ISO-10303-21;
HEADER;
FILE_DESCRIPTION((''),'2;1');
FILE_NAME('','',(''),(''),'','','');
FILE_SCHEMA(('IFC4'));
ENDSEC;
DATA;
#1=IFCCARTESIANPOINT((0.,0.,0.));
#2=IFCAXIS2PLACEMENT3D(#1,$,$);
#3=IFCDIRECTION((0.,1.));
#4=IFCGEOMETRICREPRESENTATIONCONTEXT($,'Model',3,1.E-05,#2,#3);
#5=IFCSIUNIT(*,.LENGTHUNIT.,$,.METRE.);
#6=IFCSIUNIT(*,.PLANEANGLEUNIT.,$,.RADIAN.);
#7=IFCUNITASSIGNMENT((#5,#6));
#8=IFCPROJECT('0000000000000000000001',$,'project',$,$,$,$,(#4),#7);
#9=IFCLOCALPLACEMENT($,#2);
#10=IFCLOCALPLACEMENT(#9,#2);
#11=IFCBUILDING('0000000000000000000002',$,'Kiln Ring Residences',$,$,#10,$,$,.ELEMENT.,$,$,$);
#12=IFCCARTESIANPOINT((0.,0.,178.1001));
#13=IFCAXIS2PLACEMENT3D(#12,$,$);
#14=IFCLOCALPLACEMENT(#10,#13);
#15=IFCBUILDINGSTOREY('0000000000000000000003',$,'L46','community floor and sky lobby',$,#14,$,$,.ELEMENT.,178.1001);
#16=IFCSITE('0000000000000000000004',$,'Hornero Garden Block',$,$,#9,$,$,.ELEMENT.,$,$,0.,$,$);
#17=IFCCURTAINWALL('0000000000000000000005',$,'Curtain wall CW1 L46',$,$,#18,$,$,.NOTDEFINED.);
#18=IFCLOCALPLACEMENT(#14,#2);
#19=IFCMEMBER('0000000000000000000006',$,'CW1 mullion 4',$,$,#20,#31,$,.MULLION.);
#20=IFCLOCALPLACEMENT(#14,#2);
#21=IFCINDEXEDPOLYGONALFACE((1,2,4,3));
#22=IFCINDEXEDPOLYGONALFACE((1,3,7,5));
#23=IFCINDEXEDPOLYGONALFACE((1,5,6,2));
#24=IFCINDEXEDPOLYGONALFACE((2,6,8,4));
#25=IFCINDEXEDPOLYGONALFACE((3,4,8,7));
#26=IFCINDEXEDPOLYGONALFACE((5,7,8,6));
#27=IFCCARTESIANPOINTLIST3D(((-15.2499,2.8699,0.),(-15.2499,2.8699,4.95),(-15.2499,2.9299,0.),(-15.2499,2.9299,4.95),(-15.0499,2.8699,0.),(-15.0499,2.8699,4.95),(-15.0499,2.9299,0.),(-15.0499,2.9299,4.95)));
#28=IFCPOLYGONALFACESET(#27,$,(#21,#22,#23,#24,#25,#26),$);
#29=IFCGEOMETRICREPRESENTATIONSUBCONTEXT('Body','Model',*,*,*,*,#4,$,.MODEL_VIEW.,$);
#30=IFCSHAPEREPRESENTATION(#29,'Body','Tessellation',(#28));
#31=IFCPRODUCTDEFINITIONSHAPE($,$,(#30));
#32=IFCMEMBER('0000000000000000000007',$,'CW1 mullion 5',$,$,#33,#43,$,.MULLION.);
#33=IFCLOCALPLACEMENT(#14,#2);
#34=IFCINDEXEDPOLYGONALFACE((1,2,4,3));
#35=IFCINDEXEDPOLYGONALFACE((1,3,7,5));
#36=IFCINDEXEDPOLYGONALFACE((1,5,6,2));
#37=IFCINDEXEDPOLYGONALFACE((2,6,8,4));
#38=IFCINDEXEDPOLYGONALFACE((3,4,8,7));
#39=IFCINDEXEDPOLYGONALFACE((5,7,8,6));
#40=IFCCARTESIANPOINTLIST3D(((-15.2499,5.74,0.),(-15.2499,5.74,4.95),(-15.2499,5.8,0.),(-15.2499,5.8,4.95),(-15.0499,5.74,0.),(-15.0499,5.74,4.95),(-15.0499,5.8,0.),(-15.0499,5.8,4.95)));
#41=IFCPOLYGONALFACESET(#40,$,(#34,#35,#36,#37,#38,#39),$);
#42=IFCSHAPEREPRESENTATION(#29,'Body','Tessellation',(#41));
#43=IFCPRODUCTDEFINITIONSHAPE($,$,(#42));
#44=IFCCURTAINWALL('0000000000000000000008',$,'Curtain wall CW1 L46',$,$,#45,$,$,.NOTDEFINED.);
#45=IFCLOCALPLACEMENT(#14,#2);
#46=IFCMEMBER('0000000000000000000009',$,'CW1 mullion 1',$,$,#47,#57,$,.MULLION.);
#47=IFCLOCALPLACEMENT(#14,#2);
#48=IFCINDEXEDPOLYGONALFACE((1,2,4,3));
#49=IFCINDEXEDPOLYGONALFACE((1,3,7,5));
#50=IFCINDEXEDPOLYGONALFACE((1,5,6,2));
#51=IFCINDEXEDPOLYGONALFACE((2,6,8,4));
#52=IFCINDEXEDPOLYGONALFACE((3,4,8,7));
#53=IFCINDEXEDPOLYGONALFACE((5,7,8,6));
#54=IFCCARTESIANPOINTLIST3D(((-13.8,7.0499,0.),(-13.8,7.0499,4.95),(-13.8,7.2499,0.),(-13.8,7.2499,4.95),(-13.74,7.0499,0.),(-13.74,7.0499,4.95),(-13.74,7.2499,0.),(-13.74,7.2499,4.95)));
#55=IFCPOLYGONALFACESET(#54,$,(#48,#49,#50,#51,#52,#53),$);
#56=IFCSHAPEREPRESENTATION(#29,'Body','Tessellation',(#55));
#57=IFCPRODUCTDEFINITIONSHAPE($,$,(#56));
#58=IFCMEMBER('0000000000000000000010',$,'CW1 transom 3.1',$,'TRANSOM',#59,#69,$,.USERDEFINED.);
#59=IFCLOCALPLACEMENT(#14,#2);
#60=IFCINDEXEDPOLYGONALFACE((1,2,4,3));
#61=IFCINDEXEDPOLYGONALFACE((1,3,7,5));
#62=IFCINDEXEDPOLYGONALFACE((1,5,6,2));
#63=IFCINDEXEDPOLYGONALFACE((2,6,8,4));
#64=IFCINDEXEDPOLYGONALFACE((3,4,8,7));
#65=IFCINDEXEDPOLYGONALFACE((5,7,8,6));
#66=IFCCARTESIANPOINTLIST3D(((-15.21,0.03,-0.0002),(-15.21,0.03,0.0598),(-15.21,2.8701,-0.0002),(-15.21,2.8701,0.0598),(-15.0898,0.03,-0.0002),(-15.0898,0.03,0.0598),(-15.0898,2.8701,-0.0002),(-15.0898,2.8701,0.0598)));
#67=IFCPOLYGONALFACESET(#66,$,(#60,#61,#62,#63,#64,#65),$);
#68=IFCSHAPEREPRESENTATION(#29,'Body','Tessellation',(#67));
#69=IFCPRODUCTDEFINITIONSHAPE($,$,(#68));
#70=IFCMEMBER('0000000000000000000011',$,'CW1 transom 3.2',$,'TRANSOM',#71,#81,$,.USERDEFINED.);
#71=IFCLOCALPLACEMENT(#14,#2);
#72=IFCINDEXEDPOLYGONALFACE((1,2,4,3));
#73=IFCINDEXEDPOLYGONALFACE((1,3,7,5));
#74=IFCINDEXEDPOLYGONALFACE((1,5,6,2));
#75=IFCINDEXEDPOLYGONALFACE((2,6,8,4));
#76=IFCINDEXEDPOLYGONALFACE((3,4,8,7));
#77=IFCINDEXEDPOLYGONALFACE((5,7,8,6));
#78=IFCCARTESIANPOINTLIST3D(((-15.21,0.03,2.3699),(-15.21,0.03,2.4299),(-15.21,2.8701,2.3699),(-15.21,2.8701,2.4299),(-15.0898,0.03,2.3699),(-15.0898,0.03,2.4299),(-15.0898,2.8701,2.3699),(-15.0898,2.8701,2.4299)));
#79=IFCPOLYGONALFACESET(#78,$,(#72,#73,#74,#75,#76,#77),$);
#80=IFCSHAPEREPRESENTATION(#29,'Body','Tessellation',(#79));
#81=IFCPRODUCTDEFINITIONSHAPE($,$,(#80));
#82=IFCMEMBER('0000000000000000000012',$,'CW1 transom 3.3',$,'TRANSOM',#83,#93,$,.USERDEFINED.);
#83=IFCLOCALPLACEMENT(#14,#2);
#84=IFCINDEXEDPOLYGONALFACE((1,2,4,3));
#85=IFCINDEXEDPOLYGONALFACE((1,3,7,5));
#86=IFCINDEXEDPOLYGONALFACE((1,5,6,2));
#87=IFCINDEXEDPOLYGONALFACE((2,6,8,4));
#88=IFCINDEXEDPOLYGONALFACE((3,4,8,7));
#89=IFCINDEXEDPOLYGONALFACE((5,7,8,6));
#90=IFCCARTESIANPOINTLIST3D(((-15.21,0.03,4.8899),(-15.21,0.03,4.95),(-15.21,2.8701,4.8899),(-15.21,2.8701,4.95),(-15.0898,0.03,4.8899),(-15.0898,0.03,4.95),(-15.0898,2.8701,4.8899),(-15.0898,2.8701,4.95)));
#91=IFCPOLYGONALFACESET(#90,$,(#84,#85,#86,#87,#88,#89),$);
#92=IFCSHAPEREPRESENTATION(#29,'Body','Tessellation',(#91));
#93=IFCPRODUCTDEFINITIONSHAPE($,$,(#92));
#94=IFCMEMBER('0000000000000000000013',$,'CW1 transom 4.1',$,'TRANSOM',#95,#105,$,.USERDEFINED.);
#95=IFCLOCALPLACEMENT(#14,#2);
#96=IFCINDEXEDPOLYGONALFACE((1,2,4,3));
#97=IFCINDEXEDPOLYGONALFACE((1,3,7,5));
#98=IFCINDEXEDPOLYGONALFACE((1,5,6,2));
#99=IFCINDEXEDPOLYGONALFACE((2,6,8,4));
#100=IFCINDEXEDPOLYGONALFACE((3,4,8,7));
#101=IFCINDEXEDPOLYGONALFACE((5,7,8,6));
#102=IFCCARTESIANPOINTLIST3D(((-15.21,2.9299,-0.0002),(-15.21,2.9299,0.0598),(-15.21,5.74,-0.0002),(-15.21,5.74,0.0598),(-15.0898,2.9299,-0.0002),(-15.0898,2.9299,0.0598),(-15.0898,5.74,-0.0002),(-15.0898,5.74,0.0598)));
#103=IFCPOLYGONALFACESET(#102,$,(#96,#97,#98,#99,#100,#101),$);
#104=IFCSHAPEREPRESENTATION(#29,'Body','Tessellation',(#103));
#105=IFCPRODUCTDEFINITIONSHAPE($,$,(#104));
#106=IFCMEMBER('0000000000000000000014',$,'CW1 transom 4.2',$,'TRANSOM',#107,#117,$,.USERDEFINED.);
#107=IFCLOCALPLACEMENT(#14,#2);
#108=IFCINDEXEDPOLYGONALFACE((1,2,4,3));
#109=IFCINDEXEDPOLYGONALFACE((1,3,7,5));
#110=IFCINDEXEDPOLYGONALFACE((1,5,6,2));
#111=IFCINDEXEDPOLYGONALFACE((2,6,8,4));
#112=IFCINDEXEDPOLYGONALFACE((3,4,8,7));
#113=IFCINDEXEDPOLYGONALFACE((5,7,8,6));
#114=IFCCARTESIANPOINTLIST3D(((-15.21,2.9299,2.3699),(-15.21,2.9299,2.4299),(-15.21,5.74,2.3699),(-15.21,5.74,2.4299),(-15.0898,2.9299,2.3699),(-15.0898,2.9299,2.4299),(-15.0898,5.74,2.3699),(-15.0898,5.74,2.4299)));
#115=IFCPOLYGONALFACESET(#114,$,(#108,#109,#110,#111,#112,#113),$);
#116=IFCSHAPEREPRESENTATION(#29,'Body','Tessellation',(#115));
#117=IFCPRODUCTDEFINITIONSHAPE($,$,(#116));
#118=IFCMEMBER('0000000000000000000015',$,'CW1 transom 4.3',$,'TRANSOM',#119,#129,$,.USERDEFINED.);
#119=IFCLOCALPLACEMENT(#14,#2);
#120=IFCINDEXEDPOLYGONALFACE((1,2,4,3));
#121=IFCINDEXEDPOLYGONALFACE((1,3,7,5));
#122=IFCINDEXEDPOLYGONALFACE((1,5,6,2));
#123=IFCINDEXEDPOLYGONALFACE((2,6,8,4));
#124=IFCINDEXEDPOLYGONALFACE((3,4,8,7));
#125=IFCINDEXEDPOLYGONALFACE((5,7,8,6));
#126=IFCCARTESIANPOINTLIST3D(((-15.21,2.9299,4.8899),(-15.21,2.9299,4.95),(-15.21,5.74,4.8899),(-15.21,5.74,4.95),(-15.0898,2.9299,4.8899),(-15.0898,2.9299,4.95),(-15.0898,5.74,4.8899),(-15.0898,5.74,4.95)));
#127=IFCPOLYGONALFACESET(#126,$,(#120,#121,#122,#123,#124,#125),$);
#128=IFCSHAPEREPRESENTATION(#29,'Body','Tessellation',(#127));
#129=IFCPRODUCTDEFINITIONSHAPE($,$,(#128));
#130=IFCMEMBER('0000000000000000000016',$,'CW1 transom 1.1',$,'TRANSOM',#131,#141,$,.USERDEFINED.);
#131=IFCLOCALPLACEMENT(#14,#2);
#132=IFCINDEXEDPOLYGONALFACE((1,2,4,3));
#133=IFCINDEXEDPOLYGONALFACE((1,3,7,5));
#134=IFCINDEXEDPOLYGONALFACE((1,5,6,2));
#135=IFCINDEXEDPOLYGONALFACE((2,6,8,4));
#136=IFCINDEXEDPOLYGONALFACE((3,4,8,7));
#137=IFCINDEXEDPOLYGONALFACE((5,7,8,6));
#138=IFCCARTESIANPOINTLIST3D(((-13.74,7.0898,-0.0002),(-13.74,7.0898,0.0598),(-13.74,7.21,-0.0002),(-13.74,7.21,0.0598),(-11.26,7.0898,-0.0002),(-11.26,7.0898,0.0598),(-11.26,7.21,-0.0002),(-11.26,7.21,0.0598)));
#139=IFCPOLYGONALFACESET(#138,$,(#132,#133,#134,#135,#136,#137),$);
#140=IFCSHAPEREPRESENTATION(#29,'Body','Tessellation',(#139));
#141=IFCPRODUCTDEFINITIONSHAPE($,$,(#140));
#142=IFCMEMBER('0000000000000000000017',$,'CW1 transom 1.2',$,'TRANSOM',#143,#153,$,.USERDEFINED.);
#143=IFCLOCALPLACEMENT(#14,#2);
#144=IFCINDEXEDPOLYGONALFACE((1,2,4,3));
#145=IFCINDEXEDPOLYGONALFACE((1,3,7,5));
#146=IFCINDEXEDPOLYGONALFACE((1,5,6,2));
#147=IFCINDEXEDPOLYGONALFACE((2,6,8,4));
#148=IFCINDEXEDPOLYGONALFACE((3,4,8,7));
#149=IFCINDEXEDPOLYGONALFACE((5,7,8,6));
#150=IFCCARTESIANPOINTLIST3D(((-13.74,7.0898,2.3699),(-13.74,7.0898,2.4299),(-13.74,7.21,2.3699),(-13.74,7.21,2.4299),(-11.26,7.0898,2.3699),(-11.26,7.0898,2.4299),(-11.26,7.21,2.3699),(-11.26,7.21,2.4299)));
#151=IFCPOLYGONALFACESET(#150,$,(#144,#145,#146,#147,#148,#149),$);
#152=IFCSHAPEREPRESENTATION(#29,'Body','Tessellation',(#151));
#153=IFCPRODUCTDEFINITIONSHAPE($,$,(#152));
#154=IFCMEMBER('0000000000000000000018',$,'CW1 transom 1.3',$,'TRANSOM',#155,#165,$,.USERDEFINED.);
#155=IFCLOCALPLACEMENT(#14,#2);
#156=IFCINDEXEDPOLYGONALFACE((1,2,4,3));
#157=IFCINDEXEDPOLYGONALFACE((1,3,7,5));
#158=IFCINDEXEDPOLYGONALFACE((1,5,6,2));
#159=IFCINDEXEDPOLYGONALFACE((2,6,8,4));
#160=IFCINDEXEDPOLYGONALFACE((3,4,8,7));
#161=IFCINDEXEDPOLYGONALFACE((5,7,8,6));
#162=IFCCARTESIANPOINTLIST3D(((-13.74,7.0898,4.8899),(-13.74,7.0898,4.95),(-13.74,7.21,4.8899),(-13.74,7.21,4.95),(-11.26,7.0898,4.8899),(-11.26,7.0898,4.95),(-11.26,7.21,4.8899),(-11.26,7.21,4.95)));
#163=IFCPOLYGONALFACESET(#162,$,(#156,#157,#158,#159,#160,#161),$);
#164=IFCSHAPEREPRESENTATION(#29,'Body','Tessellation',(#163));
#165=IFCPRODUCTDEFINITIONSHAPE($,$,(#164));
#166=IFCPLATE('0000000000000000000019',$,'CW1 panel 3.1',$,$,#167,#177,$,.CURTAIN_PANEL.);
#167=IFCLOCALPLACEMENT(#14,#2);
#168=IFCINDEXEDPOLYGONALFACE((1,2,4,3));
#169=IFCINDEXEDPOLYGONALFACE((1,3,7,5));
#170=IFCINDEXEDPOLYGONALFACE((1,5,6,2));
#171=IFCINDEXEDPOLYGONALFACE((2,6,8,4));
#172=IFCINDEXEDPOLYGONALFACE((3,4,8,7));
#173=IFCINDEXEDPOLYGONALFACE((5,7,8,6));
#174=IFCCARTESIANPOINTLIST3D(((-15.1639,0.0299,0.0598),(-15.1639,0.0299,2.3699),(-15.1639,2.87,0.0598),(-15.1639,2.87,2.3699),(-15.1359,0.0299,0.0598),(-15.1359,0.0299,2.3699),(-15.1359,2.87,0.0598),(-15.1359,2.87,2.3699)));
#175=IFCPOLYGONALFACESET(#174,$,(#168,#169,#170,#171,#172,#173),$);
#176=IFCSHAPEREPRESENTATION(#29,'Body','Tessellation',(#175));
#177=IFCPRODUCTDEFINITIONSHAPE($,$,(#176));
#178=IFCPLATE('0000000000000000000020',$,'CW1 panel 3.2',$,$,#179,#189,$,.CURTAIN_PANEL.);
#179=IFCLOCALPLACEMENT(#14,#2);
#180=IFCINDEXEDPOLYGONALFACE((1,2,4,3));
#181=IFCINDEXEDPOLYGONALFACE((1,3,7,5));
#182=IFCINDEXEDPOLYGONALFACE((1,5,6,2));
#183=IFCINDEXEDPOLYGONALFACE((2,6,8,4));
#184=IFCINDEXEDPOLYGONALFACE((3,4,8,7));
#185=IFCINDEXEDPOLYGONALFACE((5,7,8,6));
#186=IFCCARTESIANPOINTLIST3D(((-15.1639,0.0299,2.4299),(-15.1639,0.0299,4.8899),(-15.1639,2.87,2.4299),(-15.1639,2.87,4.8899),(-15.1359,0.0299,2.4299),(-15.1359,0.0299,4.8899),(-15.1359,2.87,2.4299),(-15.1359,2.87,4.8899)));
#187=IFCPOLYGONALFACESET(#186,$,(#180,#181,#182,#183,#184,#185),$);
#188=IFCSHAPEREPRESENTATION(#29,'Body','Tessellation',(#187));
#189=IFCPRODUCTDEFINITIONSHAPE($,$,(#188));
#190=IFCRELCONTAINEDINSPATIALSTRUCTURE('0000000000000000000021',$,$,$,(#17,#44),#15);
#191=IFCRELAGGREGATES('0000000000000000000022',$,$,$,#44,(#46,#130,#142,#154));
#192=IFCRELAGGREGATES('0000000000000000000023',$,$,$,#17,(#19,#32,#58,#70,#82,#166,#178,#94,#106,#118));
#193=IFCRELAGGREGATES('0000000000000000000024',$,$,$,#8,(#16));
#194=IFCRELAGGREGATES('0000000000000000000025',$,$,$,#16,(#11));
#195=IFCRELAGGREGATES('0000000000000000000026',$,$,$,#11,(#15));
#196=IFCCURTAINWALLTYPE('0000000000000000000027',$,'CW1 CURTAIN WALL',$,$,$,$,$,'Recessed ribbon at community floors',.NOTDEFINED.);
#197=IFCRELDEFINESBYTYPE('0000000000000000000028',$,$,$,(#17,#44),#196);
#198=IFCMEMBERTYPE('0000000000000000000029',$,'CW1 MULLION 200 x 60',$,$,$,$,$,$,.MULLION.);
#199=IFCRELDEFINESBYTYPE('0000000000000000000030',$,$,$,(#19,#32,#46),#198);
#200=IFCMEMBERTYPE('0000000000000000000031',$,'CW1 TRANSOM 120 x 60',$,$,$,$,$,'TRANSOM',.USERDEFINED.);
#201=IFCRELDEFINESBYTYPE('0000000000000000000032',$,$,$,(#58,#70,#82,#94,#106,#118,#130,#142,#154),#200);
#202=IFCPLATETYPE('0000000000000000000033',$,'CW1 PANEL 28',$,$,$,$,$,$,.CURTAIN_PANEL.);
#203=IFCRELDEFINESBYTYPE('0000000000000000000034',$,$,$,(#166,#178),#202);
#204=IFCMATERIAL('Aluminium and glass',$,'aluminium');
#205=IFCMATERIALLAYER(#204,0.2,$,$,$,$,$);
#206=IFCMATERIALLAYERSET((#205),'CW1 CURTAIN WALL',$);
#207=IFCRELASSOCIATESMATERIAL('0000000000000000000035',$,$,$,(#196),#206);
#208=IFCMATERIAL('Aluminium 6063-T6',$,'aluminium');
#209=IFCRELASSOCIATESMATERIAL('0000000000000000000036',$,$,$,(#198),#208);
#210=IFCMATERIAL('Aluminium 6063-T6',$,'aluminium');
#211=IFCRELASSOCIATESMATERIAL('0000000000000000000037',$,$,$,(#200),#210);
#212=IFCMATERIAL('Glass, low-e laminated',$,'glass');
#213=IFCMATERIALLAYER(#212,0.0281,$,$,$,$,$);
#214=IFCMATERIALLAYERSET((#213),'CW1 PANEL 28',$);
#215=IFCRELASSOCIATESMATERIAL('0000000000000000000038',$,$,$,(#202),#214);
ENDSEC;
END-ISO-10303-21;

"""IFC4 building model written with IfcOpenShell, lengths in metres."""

from ifc_helpers import new_model, si_unit, direction, frame, origin, origin_2d, place, context, subcontext, project, spatial, rectangle, extrude, material, layer, layer_set, material_profile, profile_set, type_object, element, aggregate, save


model = new_model("IFC4")

# Units and contexts
model_context = context("Model", 3, precision=1e-05, world=origin(), true_north=direction((0.0, 1.0)))
body_context = subcontext(model_context, "Body", "Model", "MODEL_VIEW")
ifc_project = project(units=[si_unit("LENGTHUNIT", "METRE"), si_unit("PLANEANGLEUNIT", "RADIAN")], contexts=[model_context])

# Site, building, storey
site_placement = place(None, origin())
site = spatial("IfcSite", under=ifc_project, at=site_placement, Name="Hornero Garden Block", CompositionType="ELEMENT", RefElevation=0.0)
building_placement = place(site_placement, origin())
building = spatial("IfcBuilding", under=site, at=building_placement, Name="Kiln Ring Residences", CompositionType="ELEMENT")
storey_placement = place(building_placement, frame((0.0, 0.0, 178.1001)))
storey = spatial("IfcBuildingStorey", under=building, at=storey_placement, Name="L46", Description="community floor and sky lobby", CompositionType="ELEMENT", Elevation=178.1001)

# Curtain wall, members
ifc_material_1 = material(Name="Aluminium and glass", Category="aluminium")
ifc_layer_1 = layer(ifc_material_1, 0.2)
ifc_layer_set_1 = layer_set([ifc_layer_1], Name="CW1 CURTAIN WALL")
curtain_wall_type = type_object("IfcCurtainWallType", Name="CW1 CURTAIN WALL", ElementType="Recessed ribbon at community floors", PredefinedType="NOTDEFINED", material=ifc_layer_set_1)
placement = place(storey_placement, origin())
curtain_wall_1 = element("IfcCurtainWall", 1, at=placement, inside=storey, type_object=curtain_wall_type, Name="Curtain wall CW1 L46", PredefinedType="NOTDEFINED")
ifc_material_2 = material(Name="Aluminium 6063-T6", Category="aluminium")
ifc_material_profile_1 = material_profile(ifc_material_2, rectangle(XDim=0.2, YDim=0.0601, at=origin_2d()), Name="AL 200x60")
ifc_profile_set_1 = profile_set([ifc_material_profile_1], Name="Aluminium 6063-T6")
member_type_1 = type_object("IfcMemberType", Name="CW1 MULLION 200 x 60", PredefinedType="MULLION", material=ifc_profile_set_1)
member_1_placement = place(storey_placement, frame((-15.1499, 2.8999, 0.0), z_axis=(0.0, 0.0, 1.0), x_axis=(-1.0, 0.0, 0.0)))
member_1 = element("IfcMember", 2, at=member_1_placement, type_object=member_type_1, Name="CW1 mullion 4", PredefinedType="MULLION", context=body_context, shape_type="SweptSolid", body=[
    extrude(rectangle(XDim=0.2, YDim=0.0601, at=origin_2d()), origin(), (0.0, 0.0, 1.0), 4.95),
])
member_2_placement = place(storey_placement, frame((-15.1499, 5.77, 0.0), z_axis=(0.0, 0.0, 1.0), x_axis=(-1.0, 0.0, 0.0)))
member_2 = element("IfcMember", 3, at=member_2_placement, type_object=member_type_1, Name="CW1 mullion 5", PredefinedType="MULLION", context=body_context, shape_type="SweptSolid", body=[
    extrude(rectangle(XDim=0.2, YDim=0.0601, at=origin_2d()), origin(), (0.0, 0.0, 1.0), 4.95),
])

# Curtain wall, member
curtain_wall_2 = element("IfcCurtainWall", 4, at=placement, inside=storey, type_object=curtain_wall_type, Name="Curtain wall CW1 L46", PredefinedType="NOTDEFINED")
member_3_placement = place(storey_placement, frame((-13.77, 7.1499, 0.0), z_axis=(0.0, 0.0, 1.0), x_axis=(0.0, 1.0, 0.0)))
member_3 = element("IfcMember", 5, at=member_3_placement, type_object=member_type_1, Name="CW1 mullion 1", PredefinedType="MULLION", context=body_context, shape_type="SweptSolid", body=[
    extrude(rectangle(XDim=0.2, YDim=0.0601, at=origin_2d()), origin(), (0.0, 0.0, 1.0), 4.95),
])

# Members
ifc_material_3 = material(Name="Aluminium 6063-T6", Category="aluminium")
ifc_material_profile_2 = material_profile(ifc_material_3, rectangle(XDim=0.1201, YDim=0.0601, at=origin_2d()), Name="AL 120x60")
ifc_profile_set_2 = profile_set([ifc_material_profile_2], Name="Aluminium 6063-T6")
member_type_2 = type_object("IfcMemberType", Name="CW1 TRANSOM 120 x 60", ElementType="TRANSOM", PredefinedType="USERDEFINED", material=ifc_profile_set_2)
member_4_placement = place(storey_placement, frame((-15.1499, 0.03, 0.0298), z_axis=(0.0, 1.0, 0.0), x_axis=(-1.0, 0.0, 0.0)))
member_4 = element("IfcMember", 6, at=member_4_placement, type_object=member_type_2, Name="CW1 transom 3.1", ObjectType="TRANSOM", PredefinedType="USERDEFINED", context=body_context, shape_type="SweptSolid", body=[
    extrude(rectangle(XDim=0.1201, YDim=0.0601, at=origin_2d()), origin(), (0.0, 0.0, 1.0), 2.8401),
])
member_5_placement = place(storey_placement, frame((-15.1499, 0.03, 2.3999), z_axis=(0.0, 1.0, 0.0), x_axis=(-1.0, 0.0, 0.0)))
member_5 = element("IfcMember", 7, at=member_5_placement, type_object=member_type_2, Name="CW1 transom 3.2", ObjectType="TRANSOM", PredefinedType="USERDEFINED", context=body_context, shape_type="SweptSolid", body=[
    extrude(rectangle(XDim=0.1201, YDim=0.0601, at=origin_2d()), origin(), (0.0, 0.0, 1.0), 2.8401),
])
member_6_placement = place(storey_placement, frame((-15.1499, 0.03, 4.9199), z_axis=(0.0, 1.0, 0.0), x_axis=(-1.0, 0.0, 0.0)))
member_6 = element("IfcMember", 8, at=member_6_placement, type_object=member_type_2, Name="CW1 transom 3.3", ObjectType="TRANSOM", PredefinedType="USERDEFINED", context=body_context, shape_type="SweptSolid", body=[
    extrude(rectangle(XDim=0.1201, YDim=0.0601, at=origin_2d()), origin(), (0.0, 0.0, 1.0), 2.8401),
])
member_7_placement = place(storey_placement, frame((-15.1499, 2.9299, 0.0298), z_axis=(0.0, 1.0, 0.0), x_axis=(-1.0, 0.0, 0.0)))
member_7 = element("IfcMember", 9, at=member_7_placement, type_object=member_type_2, Name="CW1 transom 4.1", ObjectType="TRANSOM", PredefinedType="USERDEFINED", context=body_context, shape_type="SweptSolid", body=[
    extrude(rectangle(XDim=0.1201, YDim=0.0601, at=origin_2d()), origin(), (0.0, 0.0, 1.0), 2.8101),
])
member_8_placement = place(storey_placement, frame((-15.1499, 2.9299, 2.3999), z_axis=(0.0, 1.0, 0.0), x_axis=(-1.0, 0.0, 0.0)))
member_8 = element("IfcMember", 10, at=member_8_placement, type_object=member_type_2, Name="CW1 transom 4.2", ObjectType="TRANSOM", PredefinedType="USERDEFINED", context=body_context, shape_type="SweptSolid", body=[
    extrude(rectangle(XDim=0.1201, YDim=0.0601, at=origin_2d()), origin(), (0.0, 0.0, 1.0), 2.8101),
])
member_9_placement = place(storey_placement, frame((-15.1499, 2.9299, 4.9199), z_axis=(0.0, 1.0, 0.0), x_axis=(-1.0, 0.0, 0.0)))
member_9 = element("IfcMember", 11, at=member_9_placement, type_object=member_type_2, Name="CW1 transom 4.3", ObjectType="TRANSOM", PredefinedType="USERDEFINED", context=body_context, shape_type="SweptSolid", body=[
    extrude(rectangle(XDim=0.1201, YDim=0.0601, at=origin_2d()), origin(), (0.0, 0.0, 1.0), 2.8101),
])
member_10_placement = place(storey_placement, frame((-13.74, 7.1499, 0.0298), z_axis=(1.0, 0.0, 0.0), x_axis=(0.0, 1.0, 0.0)))
member_10 = element("IfcMember", 12, at=member_10_placement, type_object=member_type_2, Name="CW1 transom 1.1", ObjectType="TRANSOM", PredefinedType="USERDEFINED", context=body_context, shape_type="SweptSolid", body=[
    extrude(rectangle(XDim=0.1201, YDim=0.0601, at=origin_2d()), origin(), (0.0, 0.0, 1.0), 2.48),
])
member_11_placement = place(storey_placement, frame((-13.74, 7.1499, 2.3999), z_axis=(1.0, 0.0, 0.0), x_axis=(0.0, 1.0, 0.0)))
member_11 = element("IfcMember", 13, at=member_11_placement, type_object=member_type_2, Name="CW1 transom 1.2", ObjectType="TRANSOM", PredefinedType="USERDEFINED", context=body_context, shape_type="SweptSolid", body=[
    extrude(rectangle(XDim=0.1201, YDim=0.0601, at=origin_2d()), origin(), (0.0, 0.0, 1.0), 2.48),
])
member_12_placement = place(storey_placement, frame((-13.74, 7.1499, 4.9199), z_axis=(1.0, 0.0, 0.0), x_axis=(0.0, 1.0, 0.0)))
member_12 = element("IfcMember", 14, at=member_12_placement, type_object=member_type_2, Name="CW1 transom 1.3", ObjectType="TRANSOM", PredefinedType="USERDEFINED", context=body_context, shape_type="SweptSolid", body=[
    extrude(rectangle(XDim=0.1201, YDim=0.0601, at=origin_2d()), origin(), (0.0, 0.0, 1.0), 2.48),
])
aggregate(curtain_wall_2, [member_3, member_10, member_11, member_12])

# Plates
ifc_material_4 = material(Name="Glass, low-e laminated", Category="glass")
ifc_layer_2 = layer(ifc_material_4, 0.0281)
ifc_layer_set_2 = layer_set([ifc_layer_2], Name="CW1 PANEL 28")
plate_type = type_object("IfcPlateType", Name="CW1 PANEL 28", PredefinedType="CURTAIN_PANEL", material=ifc_layer_set_2)
plate_1_placement = place(storey_placement, frame((-15.1499, 1.45, 0.0598), z_axis=(0.0, 0.0, 1.0), x_axis=(0.0, 1.0, 0.0)))
plate_1 = element("IfcPlate", 15, at=plate_1_placement, type_object=plate_type, Name="CW1 panel 3.1", PredefinedType="CURTAIN_PANEL", context=body_context, shape_type="SweptSolid", body=[
    extrude(rectangle(XDim=2.8401, YDim=0.0281, at=origin_2d()), origin(), (0.0, 0.0, 1.0), 2.3101),
])
plate_2_placement = place(storey_placement, frame((-15.1499, 1.45, 2.4299), z_axis=(0.0, 0.0, 1.0), x_axis=(0.0, 1.0, 0.0)))
plate_2 = element("IfcPlate", 16, at=plate_2_placement, type_object=plate_type, Name="CW1 panel 3.2", PredefinedType="CURTAIN_PANEL", context=body_context, shape_type="SweptSolid", body=[
    extrude(rectangle(XDim=2.8401, YDim=0.0281, at=origin_2d()), origin(), (0.0, 0.0, 1.0), 2.46),
])
aggregate(curtain_wall_1, [member_1, member_2, member_4, member_5, member_6, plate_1, plate_2, member_7, member_8, member_9])

save(model, "model.ifc")
